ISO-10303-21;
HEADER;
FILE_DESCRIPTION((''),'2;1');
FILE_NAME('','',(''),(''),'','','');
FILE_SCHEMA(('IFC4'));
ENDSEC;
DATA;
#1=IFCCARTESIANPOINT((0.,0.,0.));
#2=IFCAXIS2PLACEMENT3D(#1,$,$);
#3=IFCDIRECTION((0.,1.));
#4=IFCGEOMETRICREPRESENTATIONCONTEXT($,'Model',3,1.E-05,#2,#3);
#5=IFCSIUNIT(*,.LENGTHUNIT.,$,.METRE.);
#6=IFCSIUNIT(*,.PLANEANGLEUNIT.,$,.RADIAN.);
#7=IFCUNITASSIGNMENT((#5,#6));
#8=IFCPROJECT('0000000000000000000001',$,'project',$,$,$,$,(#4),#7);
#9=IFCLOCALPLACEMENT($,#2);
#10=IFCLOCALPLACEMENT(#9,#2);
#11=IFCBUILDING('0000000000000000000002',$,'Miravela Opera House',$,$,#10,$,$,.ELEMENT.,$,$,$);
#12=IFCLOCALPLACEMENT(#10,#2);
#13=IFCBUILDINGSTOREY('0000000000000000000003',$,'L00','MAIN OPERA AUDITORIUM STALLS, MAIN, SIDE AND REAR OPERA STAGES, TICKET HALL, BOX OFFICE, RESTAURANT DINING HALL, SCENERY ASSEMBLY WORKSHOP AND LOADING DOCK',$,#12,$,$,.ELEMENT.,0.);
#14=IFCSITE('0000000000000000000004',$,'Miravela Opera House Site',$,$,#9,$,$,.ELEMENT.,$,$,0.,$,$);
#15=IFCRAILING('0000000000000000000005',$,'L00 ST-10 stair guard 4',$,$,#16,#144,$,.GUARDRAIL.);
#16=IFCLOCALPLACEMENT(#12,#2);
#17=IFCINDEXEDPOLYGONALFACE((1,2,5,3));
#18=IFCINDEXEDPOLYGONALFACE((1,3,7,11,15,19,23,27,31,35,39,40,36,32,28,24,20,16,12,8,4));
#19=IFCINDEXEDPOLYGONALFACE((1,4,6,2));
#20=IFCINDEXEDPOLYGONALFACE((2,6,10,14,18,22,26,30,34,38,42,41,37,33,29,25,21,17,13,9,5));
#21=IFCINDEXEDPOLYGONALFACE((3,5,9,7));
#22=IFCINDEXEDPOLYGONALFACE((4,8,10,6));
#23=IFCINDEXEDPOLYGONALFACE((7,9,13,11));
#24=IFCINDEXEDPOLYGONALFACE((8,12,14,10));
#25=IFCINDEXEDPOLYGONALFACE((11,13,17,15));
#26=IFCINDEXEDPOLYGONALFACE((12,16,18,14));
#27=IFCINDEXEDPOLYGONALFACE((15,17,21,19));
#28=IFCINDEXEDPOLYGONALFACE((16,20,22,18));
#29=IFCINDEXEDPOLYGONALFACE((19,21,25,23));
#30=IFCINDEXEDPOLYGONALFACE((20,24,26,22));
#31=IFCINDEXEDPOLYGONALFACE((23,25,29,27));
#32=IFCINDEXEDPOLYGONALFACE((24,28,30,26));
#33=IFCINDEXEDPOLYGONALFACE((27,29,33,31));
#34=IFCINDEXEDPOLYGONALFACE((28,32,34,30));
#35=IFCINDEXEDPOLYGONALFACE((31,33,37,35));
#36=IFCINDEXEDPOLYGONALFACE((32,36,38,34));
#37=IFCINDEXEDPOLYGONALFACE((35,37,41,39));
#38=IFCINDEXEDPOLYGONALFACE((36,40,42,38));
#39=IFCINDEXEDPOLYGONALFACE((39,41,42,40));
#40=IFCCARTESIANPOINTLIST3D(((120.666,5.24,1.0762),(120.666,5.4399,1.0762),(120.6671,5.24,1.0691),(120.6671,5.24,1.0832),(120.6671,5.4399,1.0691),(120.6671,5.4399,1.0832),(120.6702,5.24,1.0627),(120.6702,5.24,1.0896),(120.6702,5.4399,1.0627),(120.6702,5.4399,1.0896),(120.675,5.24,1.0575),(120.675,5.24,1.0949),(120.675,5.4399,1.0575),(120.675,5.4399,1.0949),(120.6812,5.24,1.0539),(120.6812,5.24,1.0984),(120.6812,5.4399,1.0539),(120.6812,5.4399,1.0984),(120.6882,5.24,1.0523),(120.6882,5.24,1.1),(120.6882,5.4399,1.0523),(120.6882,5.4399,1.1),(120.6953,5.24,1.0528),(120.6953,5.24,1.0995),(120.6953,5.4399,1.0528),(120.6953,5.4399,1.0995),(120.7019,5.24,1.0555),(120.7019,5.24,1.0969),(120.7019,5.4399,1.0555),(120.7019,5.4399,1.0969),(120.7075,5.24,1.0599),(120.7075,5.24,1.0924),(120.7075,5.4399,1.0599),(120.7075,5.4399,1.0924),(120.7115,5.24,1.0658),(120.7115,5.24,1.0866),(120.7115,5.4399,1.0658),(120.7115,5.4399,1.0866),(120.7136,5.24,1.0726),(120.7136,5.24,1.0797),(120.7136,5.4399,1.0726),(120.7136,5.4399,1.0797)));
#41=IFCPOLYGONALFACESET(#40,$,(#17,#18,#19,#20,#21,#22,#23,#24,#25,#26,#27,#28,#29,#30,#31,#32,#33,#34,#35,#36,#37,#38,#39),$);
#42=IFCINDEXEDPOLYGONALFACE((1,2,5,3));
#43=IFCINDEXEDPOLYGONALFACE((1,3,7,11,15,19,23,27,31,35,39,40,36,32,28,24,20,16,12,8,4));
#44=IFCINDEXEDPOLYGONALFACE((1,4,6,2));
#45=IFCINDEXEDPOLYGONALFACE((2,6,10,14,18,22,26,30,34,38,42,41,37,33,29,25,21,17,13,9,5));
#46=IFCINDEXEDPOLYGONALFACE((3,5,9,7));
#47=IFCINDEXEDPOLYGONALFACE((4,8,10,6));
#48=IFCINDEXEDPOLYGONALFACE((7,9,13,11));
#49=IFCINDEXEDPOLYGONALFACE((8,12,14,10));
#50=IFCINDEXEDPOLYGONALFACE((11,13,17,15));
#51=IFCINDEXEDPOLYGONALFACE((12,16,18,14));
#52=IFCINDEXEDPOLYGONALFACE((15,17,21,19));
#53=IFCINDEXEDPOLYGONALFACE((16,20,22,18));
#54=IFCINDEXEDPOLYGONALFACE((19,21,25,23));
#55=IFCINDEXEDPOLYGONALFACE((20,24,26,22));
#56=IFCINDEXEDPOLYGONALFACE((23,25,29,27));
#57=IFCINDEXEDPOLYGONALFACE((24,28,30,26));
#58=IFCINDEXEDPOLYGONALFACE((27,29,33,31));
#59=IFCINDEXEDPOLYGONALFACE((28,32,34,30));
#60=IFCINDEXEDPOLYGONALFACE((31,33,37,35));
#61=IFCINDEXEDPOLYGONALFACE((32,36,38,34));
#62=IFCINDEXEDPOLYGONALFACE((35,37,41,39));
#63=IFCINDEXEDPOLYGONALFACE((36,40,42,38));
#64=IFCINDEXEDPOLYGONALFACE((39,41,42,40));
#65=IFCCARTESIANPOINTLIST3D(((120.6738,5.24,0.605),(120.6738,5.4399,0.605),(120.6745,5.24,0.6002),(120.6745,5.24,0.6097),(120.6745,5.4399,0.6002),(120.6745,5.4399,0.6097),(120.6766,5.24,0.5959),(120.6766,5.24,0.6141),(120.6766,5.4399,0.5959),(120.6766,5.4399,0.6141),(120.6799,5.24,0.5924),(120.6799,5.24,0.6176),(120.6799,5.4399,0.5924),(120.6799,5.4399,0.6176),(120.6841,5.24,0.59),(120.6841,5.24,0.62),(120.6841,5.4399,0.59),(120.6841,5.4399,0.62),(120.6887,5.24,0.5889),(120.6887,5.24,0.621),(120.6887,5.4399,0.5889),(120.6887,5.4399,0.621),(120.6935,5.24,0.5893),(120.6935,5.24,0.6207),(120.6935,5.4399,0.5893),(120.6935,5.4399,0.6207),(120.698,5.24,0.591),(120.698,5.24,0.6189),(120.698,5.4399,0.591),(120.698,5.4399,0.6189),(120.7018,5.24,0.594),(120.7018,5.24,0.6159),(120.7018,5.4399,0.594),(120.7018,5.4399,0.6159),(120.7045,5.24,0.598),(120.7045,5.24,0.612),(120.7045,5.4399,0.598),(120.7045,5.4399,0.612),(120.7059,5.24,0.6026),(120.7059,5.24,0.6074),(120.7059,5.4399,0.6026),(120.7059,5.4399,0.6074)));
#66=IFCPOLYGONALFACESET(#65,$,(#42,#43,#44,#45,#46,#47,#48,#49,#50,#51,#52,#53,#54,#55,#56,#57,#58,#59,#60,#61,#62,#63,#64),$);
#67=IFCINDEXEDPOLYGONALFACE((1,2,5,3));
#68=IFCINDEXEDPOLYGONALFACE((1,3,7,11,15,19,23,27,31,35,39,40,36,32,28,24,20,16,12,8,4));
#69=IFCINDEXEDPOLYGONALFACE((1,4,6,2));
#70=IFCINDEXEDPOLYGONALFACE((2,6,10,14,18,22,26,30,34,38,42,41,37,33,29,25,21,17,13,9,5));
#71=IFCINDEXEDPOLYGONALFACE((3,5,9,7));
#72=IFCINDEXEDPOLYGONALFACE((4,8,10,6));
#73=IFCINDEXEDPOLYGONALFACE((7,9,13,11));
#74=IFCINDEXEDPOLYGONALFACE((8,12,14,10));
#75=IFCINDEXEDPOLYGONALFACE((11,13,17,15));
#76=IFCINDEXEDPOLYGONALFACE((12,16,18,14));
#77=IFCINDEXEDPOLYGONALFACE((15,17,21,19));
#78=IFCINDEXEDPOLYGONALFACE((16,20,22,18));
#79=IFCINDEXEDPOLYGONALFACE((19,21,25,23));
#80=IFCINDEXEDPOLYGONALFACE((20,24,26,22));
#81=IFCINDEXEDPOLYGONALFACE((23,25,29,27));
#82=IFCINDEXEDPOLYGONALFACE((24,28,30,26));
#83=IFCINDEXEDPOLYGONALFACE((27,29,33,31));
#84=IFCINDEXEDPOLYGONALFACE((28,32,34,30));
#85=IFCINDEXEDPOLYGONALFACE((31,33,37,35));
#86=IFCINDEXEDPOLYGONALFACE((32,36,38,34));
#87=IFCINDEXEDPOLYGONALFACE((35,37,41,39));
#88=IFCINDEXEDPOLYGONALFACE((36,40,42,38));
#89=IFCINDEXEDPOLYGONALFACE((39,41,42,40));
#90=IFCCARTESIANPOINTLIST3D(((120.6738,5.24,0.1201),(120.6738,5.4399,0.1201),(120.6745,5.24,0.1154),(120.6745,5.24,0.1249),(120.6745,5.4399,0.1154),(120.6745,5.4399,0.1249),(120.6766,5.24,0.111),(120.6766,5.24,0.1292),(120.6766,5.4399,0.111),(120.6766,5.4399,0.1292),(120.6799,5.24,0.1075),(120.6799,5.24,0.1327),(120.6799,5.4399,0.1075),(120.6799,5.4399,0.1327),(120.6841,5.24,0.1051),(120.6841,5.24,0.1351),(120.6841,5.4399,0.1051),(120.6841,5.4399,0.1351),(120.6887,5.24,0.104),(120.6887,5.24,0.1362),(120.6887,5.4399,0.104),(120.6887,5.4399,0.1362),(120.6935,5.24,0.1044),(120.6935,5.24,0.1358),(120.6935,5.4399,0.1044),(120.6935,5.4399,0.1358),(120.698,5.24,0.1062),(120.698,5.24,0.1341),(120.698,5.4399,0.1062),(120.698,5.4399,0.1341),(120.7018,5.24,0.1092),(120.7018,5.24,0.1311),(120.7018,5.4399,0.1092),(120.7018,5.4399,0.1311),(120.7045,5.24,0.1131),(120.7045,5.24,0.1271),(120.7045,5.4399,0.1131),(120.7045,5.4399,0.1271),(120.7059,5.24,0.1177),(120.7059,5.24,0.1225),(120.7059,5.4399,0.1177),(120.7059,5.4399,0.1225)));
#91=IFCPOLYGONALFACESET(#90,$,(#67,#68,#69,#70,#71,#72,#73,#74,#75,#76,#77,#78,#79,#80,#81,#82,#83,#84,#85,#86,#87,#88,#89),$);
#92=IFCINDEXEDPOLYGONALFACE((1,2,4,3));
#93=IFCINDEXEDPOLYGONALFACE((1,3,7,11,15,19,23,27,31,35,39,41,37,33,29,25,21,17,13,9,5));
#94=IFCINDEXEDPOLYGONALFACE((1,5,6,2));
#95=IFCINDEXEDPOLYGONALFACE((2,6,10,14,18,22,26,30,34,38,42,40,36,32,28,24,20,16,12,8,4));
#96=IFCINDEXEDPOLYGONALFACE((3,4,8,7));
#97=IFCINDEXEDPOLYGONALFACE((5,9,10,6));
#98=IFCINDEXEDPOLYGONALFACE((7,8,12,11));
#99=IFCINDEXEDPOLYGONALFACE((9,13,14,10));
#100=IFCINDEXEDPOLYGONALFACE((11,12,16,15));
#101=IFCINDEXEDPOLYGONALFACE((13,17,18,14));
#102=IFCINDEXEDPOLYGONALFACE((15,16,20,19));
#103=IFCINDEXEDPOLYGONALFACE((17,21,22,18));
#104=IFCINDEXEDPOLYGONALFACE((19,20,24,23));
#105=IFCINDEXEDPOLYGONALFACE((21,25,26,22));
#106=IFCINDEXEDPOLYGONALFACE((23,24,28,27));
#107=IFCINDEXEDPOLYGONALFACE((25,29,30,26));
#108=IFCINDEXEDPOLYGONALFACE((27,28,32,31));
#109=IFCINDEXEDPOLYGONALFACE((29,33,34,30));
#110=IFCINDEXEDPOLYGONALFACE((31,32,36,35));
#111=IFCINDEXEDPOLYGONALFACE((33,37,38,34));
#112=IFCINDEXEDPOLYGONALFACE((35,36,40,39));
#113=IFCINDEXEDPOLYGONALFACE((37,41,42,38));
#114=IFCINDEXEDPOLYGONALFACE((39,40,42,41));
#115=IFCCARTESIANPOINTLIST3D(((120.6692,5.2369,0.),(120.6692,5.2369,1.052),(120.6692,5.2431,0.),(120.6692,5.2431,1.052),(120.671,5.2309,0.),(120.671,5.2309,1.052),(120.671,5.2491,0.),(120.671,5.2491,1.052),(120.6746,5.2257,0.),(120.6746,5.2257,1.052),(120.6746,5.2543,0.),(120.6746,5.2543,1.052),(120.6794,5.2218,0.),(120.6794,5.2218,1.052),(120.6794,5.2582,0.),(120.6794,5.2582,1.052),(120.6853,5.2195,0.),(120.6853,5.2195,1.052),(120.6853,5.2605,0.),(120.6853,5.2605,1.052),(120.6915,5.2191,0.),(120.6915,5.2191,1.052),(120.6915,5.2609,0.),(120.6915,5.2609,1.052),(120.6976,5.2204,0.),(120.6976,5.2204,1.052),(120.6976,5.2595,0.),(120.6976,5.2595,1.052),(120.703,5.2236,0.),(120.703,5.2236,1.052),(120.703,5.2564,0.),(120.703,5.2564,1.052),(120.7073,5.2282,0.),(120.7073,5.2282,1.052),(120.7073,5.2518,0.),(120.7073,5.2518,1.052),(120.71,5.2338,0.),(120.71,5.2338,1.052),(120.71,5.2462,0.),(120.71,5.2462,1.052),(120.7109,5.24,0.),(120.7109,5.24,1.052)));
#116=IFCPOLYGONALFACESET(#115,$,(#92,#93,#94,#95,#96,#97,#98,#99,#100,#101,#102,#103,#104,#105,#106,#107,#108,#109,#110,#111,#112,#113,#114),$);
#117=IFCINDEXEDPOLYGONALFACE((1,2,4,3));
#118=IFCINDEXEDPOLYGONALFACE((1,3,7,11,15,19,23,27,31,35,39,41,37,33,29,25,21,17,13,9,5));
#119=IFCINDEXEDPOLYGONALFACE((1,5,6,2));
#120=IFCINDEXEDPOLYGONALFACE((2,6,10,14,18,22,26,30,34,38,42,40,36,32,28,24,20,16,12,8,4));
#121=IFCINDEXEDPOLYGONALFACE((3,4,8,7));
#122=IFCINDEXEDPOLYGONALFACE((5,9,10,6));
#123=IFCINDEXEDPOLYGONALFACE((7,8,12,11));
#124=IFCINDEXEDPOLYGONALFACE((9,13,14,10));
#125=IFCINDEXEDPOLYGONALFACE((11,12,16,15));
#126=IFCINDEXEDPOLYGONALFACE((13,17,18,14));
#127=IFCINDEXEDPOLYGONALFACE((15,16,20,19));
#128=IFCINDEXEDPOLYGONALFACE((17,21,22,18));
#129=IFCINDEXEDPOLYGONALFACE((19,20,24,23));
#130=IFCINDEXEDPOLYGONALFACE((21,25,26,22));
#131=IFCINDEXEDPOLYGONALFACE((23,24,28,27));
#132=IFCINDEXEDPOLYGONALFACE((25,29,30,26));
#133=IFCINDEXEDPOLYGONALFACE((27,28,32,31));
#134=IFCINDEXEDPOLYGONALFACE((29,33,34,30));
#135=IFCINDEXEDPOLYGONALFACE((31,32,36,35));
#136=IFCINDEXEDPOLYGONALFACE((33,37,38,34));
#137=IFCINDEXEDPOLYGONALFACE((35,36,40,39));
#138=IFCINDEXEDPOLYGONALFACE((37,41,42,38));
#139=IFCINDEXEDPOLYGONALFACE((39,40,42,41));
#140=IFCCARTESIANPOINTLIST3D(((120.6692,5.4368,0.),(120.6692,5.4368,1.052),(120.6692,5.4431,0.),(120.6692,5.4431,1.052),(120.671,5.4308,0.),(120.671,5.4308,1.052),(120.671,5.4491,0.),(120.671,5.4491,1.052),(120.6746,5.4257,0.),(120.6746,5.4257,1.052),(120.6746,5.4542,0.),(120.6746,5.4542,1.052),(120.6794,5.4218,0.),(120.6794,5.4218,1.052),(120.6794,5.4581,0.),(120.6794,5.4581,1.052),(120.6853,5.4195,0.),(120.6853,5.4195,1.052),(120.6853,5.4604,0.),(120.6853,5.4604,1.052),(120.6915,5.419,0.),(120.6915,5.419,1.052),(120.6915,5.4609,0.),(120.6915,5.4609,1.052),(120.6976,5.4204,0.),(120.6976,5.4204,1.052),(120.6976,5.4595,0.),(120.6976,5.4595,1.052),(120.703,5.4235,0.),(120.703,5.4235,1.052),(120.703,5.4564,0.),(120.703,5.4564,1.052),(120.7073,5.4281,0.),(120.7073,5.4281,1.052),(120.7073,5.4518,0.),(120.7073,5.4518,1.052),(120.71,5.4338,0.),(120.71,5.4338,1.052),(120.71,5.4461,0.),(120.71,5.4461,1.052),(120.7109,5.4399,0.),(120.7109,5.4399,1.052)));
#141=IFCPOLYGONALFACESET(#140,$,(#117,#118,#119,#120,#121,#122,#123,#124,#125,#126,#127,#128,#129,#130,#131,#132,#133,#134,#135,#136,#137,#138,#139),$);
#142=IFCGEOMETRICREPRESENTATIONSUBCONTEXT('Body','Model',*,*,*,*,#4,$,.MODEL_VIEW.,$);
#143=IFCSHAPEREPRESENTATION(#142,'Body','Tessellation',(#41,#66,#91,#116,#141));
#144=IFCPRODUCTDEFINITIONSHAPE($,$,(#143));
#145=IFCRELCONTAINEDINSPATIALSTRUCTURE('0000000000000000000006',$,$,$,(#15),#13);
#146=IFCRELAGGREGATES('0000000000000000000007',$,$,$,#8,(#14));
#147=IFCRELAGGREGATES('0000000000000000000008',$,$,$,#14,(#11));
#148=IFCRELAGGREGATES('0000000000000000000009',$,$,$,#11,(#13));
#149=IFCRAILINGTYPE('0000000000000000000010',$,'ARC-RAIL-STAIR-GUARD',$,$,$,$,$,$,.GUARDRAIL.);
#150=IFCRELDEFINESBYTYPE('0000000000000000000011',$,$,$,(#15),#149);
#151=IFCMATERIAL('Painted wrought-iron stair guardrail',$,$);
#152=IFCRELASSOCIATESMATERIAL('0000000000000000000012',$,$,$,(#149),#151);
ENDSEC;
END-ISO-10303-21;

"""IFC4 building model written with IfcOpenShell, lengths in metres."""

from ifc_helpers import new_model, si_unit, direction, frame, origin, origin_2d, place, context, subcontext, project, spatial, circle, extrude, material, type_object, element, save


model = new_model("IFC4")

# Units and contexts
model_context = context("Model", 3, precision=1e-05, world=origin(), true_north=direction((0.0, 1.0)))
body_context = subcontext(model_context, "Body", "Model", "MODEL_VIEW")
ifc_project = project(units=[si_unit("LENGTHUNIT", "METRE"), si_unit("PLANEANGLEUNIT", "RADIAN")], contexts=[model_context])

# Site, building, storey
site_placement = place(None, origin())
site = spatial("IfcSite", under=ifc_project, at=site_placement, Name="Miravela Opera House Site", CompositionType="ELEMENT", RefElevation=0.0)
building_placement = place(site_placement, origin())
building = spatial("IfcBuilding", under=site, at=building_placement, Name="Miravela Opera House", CompositionType="ELEMENT")
storey_placement = place(building_placement, origin())
storey = spatial("IfcBuildingStorey", under=building, at=storey_placement, Name="L00", Description="MAIN OPERA AUDITORIUM STALLS, MAIN, SIDE AND REAR OPERA STAGES, TICKET HALL, BOX OFFICE, RESTAURANT DINING HALL, SCENERY ASSEMBLY WORKSHOP AND LOADING DOCK", CompositionType="ELEMENT", Elevation=0.0)

# Railing
ifc_material_1 = material(Name="Painted wrought-iron stair guardrail")
railing_type = type_object("IfcRailingType", Name="ARC-RAIL-STAIR-GUARD", PredefinedType="GUARDRAIL", material=ifc_material_1)
railing_placement = place(storey_placement, frame((120.6899, 5.24, 0.0)))
element("IfcRailing", 1, at=railing_placement, inside=storey, type_object=railing_type, Name="L00 ST-10 stair guard 4", PredefinedType="GUARDRAIL", context=body_context, shape_type="SweptSolid", body=[
    extrude(circle(Radius=0.0239, at=origin_2d()), frame((0.0, 0.0, 1.0762), z_axis=(0.0, 1.0, 0.0), x_axis=(-1.0, 0.0, 0.0)), (0.0, 0.0, 1.0), 0.2),
    extrude(circle(Radius=0.0161, at=origin_2d()), frame((0.0, 0.0, 0.605), z_axis=(0.0, 1.0, 0.0), x_axis=(-1.0, 0.0, 0.0)), (0.0, 0.0, 1.0), 0.2),
    extrude(circle(Radius=0.0161, at=origin_2d()), frame((0.0, 0.0, 0.1201), z_axis=(0.0, 1.0, 0.0), x_axis=(-1.0, 0.0, 0.0)), (0.0, 0.0, 1.0), 0.2),
    extrude(circle(Radius=0.021, at=origin_2d()), origin(), (0.0, 0.0, 1.0), 1.052),
    extrude(circle(Radius=0.021, at=origin_2d()), frame((0.0, 0.2, 0.0)), (0.0, 0.0, 1.0), 1.052),
])

save(model, "model.ifc")
